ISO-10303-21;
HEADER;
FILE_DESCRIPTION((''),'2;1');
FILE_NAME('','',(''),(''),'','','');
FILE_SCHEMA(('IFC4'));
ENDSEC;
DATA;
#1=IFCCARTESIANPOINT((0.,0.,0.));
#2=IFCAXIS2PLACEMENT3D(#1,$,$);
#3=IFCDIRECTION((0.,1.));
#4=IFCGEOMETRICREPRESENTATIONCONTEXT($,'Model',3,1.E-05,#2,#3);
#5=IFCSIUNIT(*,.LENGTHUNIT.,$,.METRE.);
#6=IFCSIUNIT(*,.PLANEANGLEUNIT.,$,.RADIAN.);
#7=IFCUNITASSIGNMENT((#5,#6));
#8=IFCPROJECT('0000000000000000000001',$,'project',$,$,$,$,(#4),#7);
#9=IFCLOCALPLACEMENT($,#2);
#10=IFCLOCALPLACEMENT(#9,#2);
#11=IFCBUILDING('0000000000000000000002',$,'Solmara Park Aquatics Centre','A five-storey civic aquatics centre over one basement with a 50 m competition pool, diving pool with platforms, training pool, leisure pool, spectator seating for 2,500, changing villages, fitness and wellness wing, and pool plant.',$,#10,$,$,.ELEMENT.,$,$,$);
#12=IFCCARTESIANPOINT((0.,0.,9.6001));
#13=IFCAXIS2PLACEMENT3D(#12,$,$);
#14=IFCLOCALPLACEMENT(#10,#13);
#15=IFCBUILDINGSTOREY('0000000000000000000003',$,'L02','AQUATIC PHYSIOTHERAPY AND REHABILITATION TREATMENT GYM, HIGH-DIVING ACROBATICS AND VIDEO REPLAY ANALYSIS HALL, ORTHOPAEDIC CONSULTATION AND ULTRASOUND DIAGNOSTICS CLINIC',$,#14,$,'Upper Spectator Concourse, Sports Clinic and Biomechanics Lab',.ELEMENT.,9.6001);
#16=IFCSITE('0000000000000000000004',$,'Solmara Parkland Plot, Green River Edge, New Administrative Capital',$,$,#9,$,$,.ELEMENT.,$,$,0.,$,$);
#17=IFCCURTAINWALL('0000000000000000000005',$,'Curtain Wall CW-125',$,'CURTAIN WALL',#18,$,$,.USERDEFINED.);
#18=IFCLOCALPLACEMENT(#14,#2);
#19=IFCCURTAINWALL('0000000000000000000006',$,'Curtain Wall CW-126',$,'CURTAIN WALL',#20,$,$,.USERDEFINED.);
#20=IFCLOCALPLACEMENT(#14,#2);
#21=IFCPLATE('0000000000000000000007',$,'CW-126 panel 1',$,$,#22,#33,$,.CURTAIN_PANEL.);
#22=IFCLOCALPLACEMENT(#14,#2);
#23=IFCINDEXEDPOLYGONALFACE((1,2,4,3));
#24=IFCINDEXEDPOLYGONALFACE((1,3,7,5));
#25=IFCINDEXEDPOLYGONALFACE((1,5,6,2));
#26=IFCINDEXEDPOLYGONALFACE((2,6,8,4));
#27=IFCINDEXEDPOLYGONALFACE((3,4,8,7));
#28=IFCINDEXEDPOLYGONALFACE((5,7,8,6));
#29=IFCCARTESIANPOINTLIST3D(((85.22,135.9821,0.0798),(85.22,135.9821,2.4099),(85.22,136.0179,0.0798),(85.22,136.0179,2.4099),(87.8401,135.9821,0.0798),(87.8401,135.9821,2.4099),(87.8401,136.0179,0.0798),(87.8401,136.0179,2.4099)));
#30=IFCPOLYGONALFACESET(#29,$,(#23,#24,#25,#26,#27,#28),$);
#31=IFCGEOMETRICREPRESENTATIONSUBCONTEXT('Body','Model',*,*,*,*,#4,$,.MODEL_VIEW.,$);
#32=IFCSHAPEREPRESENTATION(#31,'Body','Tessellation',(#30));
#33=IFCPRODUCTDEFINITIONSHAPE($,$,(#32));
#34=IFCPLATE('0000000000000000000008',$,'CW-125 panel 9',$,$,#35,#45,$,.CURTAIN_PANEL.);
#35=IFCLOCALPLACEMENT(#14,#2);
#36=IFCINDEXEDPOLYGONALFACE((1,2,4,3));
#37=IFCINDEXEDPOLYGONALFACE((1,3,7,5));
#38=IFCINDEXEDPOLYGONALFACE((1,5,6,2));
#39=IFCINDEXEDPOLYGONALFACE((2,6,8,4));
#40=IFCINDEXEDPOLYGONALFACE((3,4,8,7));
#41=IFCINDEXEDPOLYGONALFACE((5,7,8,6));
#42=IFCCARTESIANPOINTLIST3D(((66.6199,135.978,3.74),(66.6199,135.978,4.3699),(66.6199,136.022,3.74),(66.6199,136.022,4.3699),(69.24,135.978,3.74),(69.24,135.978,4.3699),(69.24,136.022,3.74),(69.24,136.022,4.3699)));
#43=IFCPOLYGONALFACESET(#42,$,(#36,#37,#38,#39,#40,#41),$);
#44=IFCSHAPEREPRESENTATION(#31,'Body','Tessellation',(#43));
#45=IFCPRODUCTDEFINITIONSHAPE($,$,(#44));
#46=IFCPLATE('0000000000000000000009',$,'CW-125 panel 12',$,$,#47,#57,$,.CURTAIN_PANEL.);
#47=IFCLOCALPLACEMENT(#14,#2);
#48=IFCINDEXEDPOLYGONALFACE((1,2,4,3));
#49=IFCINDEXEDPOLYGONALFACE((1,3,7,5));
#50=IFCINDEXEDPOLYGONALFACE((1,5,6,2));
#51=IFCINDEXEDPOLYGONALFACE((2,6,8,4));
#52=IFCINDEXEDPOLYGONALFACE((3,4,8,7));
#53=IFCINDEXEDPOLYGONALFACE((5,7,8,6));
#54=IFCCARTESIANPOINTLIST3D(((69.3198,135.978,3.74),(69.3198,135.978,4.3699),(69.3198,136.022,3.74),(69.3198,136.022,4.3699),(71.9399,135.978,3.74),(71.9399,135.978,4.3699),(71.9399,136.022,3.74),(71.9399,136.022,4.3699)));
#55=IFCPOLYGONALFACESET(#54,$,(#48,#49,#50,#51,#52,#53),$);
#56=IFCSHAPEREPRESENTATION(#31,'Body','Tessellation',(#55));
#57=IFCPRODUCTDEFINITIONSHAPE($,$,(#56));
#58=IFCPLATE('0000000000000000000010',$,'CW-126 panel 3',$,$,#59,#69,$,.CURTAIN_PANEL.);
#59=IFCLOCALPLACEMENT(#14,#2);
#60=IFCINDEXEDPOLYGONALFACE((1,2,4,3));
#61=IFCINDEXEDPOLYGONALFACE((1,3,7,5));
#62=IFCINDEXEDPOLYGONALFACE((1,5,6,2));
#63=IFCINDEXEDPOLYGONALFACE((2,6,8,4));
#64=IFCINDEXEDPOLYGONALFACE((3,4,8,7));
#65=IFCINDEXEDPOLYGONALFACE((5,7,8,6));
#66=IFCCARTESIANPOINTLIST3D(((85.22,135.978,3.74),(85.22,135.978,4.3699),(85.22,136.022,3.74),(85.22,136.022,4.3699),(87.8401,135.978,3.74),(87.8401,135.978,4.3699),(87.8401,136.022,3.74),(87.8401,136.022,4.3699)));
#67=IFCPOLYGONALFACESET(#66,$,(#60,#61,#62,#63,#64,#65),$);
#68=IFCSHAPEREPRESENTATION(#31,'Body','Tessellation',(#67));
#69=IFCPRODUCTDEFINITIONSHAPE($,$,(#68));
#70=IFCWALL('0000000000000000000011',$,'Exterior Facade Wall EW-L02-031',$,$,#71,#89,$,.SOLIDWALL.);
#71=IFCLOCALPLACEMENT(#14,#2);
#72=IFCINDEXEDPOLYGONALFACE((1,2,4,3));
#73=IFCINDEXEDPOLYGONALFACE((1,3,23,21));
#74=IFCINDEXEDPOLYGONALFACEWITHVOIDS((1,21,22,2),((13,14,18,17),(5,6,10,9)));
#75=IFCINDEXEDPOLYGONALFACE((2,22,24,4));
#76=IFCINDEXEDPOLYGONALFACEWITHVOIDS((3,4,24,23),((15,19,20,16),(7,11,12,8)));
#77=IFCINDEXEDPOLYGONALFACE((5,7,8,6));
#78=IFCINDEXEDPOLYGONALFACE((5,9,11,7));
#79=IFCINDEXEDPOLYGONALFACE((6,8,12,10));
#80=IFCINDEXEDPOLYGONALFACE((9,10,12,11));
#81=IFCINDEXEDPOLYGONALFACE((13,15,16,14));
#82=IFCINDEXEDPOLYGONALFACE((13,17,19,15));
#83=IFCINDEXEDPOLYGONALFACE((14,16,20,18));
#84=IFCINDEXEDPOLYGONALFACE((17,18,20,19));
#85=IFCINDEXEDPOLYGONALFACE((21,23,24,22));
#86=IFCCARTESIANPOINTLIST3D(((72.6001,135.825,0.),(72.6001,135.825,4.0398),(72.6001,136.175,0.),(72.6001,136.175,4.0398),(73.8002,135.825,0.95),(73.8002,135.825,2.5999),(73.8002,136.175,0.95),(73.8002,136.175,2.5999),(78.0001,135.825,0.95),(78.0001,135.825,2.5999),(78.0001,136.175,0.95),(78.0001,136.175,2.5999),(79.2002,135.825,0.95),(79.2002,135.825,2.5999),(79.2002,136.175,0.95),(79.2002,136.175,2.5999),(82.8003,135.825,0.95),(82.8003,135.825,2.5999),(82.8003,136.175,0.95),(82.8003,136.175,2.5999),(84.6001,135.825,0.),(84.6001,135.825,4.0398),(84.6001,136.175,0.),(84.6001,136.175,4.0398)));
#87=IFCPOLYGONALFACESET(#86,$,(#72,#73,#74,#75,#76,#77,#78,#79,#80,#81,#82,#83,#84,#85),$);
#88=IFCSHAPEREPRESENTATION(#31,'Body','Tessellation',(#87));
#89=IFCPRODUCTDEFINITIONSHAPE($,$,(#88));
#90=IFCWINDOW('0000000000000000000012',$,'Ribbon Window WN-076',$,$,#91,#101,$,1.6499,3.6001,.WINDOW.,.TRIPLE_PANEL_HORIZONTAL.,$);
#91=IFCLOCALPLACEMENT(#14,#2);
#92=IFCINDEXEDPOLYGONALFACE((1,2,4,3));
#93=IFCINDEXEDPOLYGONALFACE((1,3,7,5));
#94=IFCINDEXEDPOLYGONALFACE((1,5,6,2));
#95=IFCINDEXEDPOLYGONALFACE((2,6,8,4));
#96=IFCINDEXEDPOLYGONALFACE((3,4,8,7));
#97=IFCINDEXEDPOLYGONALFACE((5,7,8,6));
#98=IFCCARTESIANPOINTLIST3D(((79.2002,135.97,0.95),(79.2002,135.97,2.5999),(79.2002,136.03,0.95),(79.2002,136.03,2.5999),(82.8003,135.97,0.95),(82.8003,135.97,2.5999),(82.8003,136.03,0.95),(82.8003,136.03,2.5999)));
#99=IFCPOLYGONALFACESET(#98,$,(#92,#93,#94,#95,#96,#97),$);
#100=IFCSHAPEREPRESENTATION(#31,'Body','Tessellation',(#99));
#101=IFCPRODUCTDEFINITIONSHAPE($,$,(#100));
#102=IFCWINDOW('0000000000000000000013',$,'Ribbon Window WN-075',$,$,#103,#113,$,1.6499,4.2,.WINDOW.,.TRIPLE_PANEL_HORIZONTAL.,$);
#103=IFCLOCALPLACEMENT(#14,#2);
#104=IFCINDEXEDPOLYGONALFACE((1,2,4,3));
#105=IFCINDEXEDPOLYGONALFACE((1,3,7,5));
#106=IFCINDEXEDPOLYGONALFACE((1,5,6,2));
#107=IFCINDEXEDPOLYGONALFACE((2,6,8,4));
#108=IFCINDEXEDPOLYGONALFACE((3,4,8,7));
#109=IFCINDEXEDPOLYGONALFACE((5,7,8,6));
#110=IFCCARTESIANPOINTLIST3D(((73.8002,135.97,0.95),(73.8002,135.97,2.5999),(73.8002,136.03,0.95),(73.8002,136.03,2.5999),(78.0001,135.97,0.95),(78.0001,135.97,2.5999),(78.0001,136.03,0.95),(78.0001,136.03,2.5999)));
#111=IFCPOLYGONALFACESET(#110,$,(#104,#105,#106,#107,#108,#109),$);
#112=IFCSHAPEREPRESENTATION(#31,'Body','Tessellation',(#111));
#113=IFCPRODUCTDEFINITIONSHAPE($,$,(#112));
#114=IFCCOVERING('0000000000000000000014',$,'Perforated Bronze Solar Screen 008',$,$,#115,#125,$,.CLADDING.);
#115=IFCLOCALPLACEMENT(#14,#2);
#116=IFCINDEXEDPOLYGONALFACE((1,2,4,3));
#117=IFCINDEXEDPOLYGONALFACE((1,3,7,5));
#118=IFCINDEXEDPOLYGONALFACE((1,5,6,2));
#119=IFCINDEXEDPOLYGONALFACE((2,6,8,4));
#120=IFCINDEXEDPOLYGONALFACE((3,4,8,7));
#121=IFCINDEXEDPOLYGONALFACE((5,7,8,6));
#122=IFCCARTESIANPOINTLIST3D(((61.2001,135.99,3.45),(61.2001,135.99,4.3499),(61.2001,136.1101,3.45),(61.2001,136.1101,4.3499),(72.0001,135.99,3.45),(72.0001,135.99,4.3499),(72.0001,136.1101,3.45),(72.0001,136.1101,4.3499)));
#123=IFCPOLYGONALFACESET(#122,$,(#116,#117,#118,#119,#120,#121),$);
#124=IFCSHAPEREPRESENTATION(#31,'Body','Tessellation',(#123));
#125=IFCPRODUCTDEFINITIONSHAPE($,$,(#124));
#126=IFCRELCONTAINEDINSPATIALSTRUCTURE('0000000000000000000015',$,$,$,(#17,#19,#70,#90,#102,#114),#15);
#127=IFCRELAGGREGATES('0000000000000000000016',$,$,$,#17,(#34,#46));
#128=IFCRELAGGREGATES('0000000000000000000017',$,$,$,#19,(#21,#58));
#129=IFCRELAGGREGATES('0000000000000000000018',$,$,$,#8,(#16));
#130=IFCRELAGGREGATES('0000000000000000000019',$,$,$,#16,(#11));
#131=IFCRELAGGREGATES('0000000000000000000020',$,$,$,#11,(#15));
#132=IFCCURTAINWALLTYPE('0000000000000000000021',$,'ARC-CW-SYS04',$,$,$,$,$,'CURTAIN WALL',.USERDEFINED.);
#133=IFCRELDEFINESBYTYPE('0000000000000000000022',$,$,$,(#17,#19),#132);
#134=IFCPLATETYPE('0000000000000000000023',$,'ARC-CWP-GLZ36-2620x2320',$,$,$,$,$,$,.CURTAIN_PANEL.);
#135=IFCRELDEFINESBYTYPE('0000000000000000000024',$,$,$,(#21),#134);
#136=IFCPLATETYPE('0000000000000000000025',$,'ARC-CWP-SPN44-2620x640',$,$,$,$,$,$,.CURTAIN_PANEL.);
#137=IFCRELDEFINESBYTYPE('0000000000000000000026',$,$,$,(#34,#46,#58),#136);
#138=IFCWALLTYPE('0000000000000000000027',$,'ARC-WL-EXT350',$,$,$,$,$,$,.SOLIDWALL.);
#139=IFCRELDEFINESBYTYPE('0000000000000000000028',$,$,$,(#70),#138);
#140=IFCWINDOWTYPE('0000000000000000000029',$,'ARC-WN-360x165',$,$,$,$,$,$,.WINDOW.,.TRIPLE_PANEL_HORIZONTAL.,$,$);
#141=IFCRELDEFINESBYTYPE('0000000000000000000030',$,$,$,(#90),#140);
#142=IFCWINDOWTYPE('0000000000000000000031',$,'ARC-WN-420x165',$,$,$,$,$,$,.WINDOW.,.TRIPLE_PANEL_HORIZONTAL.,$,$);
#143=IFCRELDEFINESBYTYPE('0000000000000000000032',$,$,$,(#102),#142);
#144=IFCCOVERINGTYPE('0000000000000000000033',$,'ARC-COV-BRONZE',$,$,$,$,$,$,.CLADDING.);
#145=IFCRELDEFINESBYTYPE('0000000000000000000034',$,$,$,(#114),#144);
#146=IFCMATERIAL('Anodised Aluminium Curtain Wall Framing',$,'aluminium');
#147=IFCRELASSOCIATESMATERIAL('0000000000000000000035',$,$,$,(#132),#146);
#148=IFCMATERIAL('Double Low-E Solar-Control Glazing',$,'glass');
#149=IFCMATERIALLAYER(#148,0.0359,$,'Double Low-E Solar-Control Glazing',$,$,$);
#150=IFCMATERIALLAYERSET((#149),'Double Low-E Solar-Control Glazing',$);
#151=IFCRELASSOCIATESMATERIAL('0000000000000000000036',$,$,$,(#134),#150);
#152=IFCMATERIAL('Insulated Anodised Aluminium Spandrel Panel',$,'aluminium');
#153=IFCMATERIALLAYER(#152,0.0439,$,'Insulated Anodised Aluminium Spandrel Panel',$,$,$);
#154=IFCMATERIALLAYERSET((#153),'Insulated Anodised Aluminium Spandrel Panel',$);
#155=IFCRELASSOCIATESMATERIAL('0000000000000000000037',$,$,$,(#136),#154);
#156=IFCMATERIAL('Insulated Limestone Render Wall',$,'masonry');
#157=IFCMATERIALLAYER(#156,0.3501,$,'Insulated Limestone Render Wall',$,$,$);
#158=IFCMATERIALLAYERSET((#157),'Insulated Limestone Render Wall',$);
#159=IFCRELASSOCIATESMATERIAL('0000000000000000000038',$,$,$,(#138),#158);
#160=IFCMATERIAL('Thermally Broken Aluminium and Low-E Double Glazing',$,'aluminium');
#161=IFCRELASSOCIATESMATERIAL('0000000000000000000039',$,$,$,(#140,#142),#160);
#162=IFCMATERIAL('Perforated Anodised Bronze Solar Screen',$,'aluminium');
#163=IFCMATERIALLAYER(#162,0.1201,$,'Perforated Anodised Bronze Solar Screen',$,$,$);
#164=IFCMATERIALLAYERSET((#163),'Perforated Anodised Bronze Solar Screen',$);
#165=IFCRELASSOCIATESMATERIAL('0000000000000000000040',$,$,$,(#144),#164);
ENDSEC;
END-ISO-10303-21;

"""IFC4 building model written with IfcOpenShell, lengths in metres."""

from ifc_helpers import new_model, si_unit, direction, frame, frame_2d, origin, origin_2d, place, context, subcontext, project, spatial, rectangle, extrude, material, layer, layer_set, type_object, element, fill, aggregate, save


model = new_model("IFC4")

# Units and contexts
model_context = context("Model", 3, precision=1e-05, world=origin(), true_north=direction((0.0, 1.0)))
body_context = subcontext(model_context, "Body", "Model", "MODEL_VIEW")
ifc_project = project(units=[si_unit("LENGTHUNIT", "METRE"), si_unit("PLANEANGLEUNIT", "RADIAN")], contexts=[model_context])

# Site, building, storey
site_placement = place(None, origin())
site = spatial("IfcSite", under=ifc_project, at=site_placement, Name="Solmara Parkland Plot, Green River Edge, New Administrative Capital", CompositionType="ELEMENT", RefElevation=0.0)
building_placement = place(site_placement, origin())
building = spatial("IfcBuilding", under=site, at=building_placement, Name="Solmara Park Aquatics Centre", Description="A five-storey civic aquatics centre over one basement with a 50 m competition pool, diving pool with platforms, training pool, leisure pool, spectator seating for 2,500, changing villages, fitness and wellness wing, and pool plant.", CompositionType="ELEMENT")
storey_placement = place(building_placement, frame((0.0, 0.0, 9.6001)))
storey = spatial("IfcBuildingStorey", under=building, at=storey_placement, Name="L02", Description="AQUATIC PHYSIOTHERAPY AND REHABILITATION TREATMENT GYM, HIGH-DIVING ACROBATICS AND VIDEO REPLAY ANALYSIS HALL, ORTHOPAEDIC CONSULTATION AND ULTRASOUND DIAGNOSTICS CLINIC", LongName="Upper Spectator Concourse, Sports Clinic and Biomechanics Lab", CompositionType="ELEMENT", Elevation=9.6001)

# Curtain wall
ifc_material_1 = material(Name="Anodised Aluminium Curtain Wall Framing", Category="aluminium")
curtain_wall_type = type_object("IfcCurtainWallType", Name="ARC-CW-SYS04", ElementType="CURTAIN WALL", PredefinedType="USERDEFINED", material=ifc_material_1)
curtain_wall_1_placement = place(storey_placement, origin())
curtain_wall_1 = element("IfcCurtainWall", 1, at=curtain_wall_1_placement, inside=storey, type_object=curtain_wall_type, Name="Curtain Wall CW-125", ObjectType="CURTAIN WALL", PredefinedType="USERDEFINED")

# Curtain wall
curtain_wall_2_placement = place(storey_placement, origin())
curtain_wall_2 = element("IfcCurtainWall", 2, at=curtain_wall_2_placement, inside=storey, type_object=curtain_wall_type, Name="Curtain Wall CW-126", ObjectType="CURTAIN WALL", PredefinedType="USERDEFINED")

# Plates
ifc_material_2 = material(Name="Double Low-E Solar-Control Glazing", Category="glass")
ifc_layer_1 = layer(ifc_material_2, 0.0359, Name="Double Low-E Solar-Control Glazing")
ifc_layer_set_1 = layer_set([ifc_layer_1], Name="Double Low-E Solar-Control Glazing")
plate_type_1 = type_object("IfcPlateType", Name="ARC-CWP-GLZ36-2620x2320", PredefinedType="CURTAIN_PANEL", material=ifc_layer_set_1)
plate_1_placement = place(storey_placement, frame((86.53, 136.0, 0.0798), z_axis=(0.0, 0.0, 1.0), x_axis=(1.0, 0.0, 0.0)))
plate_1 = element("IfcPlate", 3, at=plate_1_placement, type_object=plate_type_1, Name="CW-126 panel 1", PredefinedType="CURTAIN_PANEL", context=body_context, shape_type="SweptSolid", body=[
    extrude(rectangle(XDim=2.6201, YDim=0.0359, at=origin_2d()), origin(), (0.0, 0.0, 1.0), 2.3301),
])
ifc_material_3 = material(Name="Insulated Anodised Aluminium Spandrel Panel", Category="aluminium")
ifc_layer_2 = layer(ifc_material_3, 0.0439, Name="Insulated Anodised Aluminium Spandrel Panel")
ifc_layer_set_2 = layer_set([ifc_layer_2], Name="Insulated Anodised Aluminium Spandrel Panel")
plate_type_2 = type_object("IfcPlateType", Name="ARC-CWP-SPN44-2620x640", PredefinedType="CURTAIN_PANEL", material=ifc_layer_set_2)
plate_2_placement = place(storey_placement, frame((67.9299, 136.0, 3.74), z_axis=(0.0, 0.0, 1.0), x_axis=(1.0, 0.0, 0.0)))
plate_2 = element("IfcPlate", 4, at=plate_2_placement, type_object=plate_type_2, Name="CW-125 panel 9", PredefinedType="CURTAIN_PANEL", context=body_context, shape_type="SweptSolid", body=[
    extrude(rectangle(XDim=2.6201, YDim=0.0439, at=origin_2d()), origin(), (0.0, 0.0, 1.0), 0.6299),
])
plate_3_placement = place(storey_placement, frame((70.6299, 136.0, 3.74), z_axis=(0.0, 0.0, 1.0), x_axis=(1.0, 0.0, 0.0)))
plate_3 = element("IfcPlate", 5, at=plate_3_placement, type_object=plate_type_2, Name="CW-125 panel 12", PredefinedType="CURTAIN_PANEL", context=body_context, shape_type="SweptSolid", body=[
    extrude(rectangle(XDim=2.6201, YDim=0.0439, at=origin_2d()), origin(), (0.0, 0.0, 1.0), 0.6299),
])
aggregate(curtain_wall_1, [plate_2, plate_3])
plate_4_placement = place(storey_placement, frame((86.53, 136.0, 3.74), z_axis=(0.0, 0.0, 1.0), x_axis=(1.0, 0.0, 0.0)))
plate_4 = element("IfcPlate", 6, at=plate_4_placement, type_object=plate_type_2, Name="CW-126 panel 3", PredefinedType="CURTAIN_PANEL", context=body_context, shape_type="SweptSolid", body=[
    extrude(rectangle(XDim=2.6201, YDim=0.0439, at=origin_2d()), origin(), (0.0, 0.0, 1.0), 0.6299),
])
aggregate(curtain_wall_2, [plate_1, plate_4])

# Wall, openings, windows
ifc_material_4 = material(Name="Insulated Limestone Render Wall", Category="masonry")
ifc_layer_3 = layer(ifc_material_4, 0.3501, Name="Insulated Limestone Render Wall")
ifc_layer_set_3 = layer_set([ifc_layer_3], Name="Insulated Limestone Render Wall")
wall_type = type_object("IfcWallType", Name="ARC-WL-EXT350", PredefinedType="SOLIDWALL", material=ifc_layer_set_3)
wall_placement = place(storey_placement, frame((72.6001, 136.0, 0.0), z_axis=(0.0, 0.0, 1.0), x_axis=(1.0, 0.0, 0.0)))
wall = element("IfcWall", 7, at=wall_placement, inside=storey, type_object=wall_type, Name="Exterior Facade Wall EW-L02-031", PredefinedType="SOLIDWALL", context=body_context, shape_type="SweptSolid", body=[
    extrude(rectangle(XDim=12.0, YDim=0.3501, at=frame_2d((6.0, 0.0))), origin(), (0.0, 0.0, 1.0), 4.0398),
])
opening_1_placement = place(wall_placement, frame((1.2, 0.0, 0.95)))
opening_1 = element("IfcOpeningElement", 8, at=opening_1_placement, cuts=wall, PredefinedType="OPENING", context=body_context, shape_type="SweptSolid", body=[
    extrude(rectangle(XDim=4.2, YDim=1.6499, at=frame_2d((2.1001, 0.825))), frame((0.0, 0.1851, 0.0), z_axis=(0.0, -1.0, 0.0), x_axis=(1.0, 0.0, 0.0)), (0.0, 0.0, 1.0), 0.3701),
])
opening_2_placement = place(wall_placement, frame((6.6001, 0.0, 0.95)))
opening_2 = element("IfcOpeningElement", 9, at=opening_2_placement, cuts=wall, PredefinedType="OPENING", context=body_context, shape_type="SweptSolid", body=[
    extrude(rectangle(XDim=3.6001, YDim=1.6499, at=frame_2d((1.8, 0.825))), frame((0.0, 0.1851, 0.0), z_axis=(0.0, -1.0, 0.0), x_axis=(1.0, 0.0, 0.0)), (0.0, 0.0, 1.0), 0.3701),
])
ifc_material_5 = material(Name="Thermally Broken Aluminium and Low-E Double Glazing", Category="aluminium")
window_type_1 = type_object("IfcWindowType", Name="ARC-WN-360x165", PartitioningType="TRIPLE_PANEL_HORIZONTAL", PredefinedType="WINDOW", material=ifc_material_5)
window_1_placement = place(opening_2_placement, origin())
window_1 = element("IfcWindow", 10, at=window_1_placement, inside=storey, type_object=window_type_1, Name="Ribbon Window WN-076", OverallHeight=1.6499, OverallWidth=3.6001, PartitioningType="TRIPLE_PANEL_HORIZONTAL", PredefinedType="WINDOW", context=body_context, shape_type="SweptSolid", body=[
    extrude(rectangle(XDim=3.6001, YDim=1.6499, at=frame_2d((1.8, 0.825))), frame((0.0, 0.03, 0.0), z_axis=(0.0, -1.0, 0.0), x_axis=(1.0, 0.0, 0.0)), (0.0, 0.0, 1.0), 0.0601),
])
fill(opening_2, window_1)
window_type_2 = type_object("IfcWindowType", Name="ARC-WN-420x165", PartitioningType="TRIPLE_PANEL_HORIZONTAL", PredefinedType="WINDOW", material=ifc_material_5)
window_2_placement = place(opening_1_placement, origin())
window_2 = element("IfcWindow", 11, at=window_2_placement, inside=storey, type_object=window_type_2, Name="Ribbon Window WN-075", OverallHeight=1.6499, OverallWidth=4.2, PartitioningType="TRIPLE_PANEL_HORIZONTAL", PredefinedType="WINDOW", context=body_context, shape_type="SweptSolid", body=[
    extrude(rectangle(XDim=4.2, YDim=1.6499, at=frame_2d((2.1001, 0.825))), frame((0.0, 0.03, 0.0), z_axis=(0.0, -1.0, 0.0), x_axis=(1.0, 0.0, 0.0)), (0.0, 0.0, 1.0), 0.0601),
])
fill(opening_1, window_2)

# Covering
ifc_material_6 = material(Name="Perforated Anodised Bronze Solar Screen", Category="aluminium")
ifc_layer_4 = layer(ifc_material_6, 0.1201, Name="Perforated Anodised Bronze Solar Screen")
ifc_layer_set_4 = layer_set([ifc_layer_4], Name="Perforated Anodised Bronze Solar Screen")
covering_type = type_object("IfcCoveringType", Name="ARC-COV-BRONZE", PredefinedType="CLADDING", material=ifc_layer_set_4)
covering_placement = place(storey_placement, frame((66.6001, 136.05, 3.45), z_axis=(0.0, 0.0, 1.0), x_axis=(1.0, 0.0, 0.0)))
element("IfcCovering", 12, at=covering_placement, inside=storey, type_object=covering_type, Name="Perforated Bronze Solar Screen 008", PredefinedType="CLADDING", context=body_context, shape_type="SweptSolid", body=[
    extrude(rectangle(XDim=10.8, YDim=0.1201, at=origin_2d()), origin(), (0.0, 0.0, 1.0), 0.8999),
])

save(model, "model.ifc")
